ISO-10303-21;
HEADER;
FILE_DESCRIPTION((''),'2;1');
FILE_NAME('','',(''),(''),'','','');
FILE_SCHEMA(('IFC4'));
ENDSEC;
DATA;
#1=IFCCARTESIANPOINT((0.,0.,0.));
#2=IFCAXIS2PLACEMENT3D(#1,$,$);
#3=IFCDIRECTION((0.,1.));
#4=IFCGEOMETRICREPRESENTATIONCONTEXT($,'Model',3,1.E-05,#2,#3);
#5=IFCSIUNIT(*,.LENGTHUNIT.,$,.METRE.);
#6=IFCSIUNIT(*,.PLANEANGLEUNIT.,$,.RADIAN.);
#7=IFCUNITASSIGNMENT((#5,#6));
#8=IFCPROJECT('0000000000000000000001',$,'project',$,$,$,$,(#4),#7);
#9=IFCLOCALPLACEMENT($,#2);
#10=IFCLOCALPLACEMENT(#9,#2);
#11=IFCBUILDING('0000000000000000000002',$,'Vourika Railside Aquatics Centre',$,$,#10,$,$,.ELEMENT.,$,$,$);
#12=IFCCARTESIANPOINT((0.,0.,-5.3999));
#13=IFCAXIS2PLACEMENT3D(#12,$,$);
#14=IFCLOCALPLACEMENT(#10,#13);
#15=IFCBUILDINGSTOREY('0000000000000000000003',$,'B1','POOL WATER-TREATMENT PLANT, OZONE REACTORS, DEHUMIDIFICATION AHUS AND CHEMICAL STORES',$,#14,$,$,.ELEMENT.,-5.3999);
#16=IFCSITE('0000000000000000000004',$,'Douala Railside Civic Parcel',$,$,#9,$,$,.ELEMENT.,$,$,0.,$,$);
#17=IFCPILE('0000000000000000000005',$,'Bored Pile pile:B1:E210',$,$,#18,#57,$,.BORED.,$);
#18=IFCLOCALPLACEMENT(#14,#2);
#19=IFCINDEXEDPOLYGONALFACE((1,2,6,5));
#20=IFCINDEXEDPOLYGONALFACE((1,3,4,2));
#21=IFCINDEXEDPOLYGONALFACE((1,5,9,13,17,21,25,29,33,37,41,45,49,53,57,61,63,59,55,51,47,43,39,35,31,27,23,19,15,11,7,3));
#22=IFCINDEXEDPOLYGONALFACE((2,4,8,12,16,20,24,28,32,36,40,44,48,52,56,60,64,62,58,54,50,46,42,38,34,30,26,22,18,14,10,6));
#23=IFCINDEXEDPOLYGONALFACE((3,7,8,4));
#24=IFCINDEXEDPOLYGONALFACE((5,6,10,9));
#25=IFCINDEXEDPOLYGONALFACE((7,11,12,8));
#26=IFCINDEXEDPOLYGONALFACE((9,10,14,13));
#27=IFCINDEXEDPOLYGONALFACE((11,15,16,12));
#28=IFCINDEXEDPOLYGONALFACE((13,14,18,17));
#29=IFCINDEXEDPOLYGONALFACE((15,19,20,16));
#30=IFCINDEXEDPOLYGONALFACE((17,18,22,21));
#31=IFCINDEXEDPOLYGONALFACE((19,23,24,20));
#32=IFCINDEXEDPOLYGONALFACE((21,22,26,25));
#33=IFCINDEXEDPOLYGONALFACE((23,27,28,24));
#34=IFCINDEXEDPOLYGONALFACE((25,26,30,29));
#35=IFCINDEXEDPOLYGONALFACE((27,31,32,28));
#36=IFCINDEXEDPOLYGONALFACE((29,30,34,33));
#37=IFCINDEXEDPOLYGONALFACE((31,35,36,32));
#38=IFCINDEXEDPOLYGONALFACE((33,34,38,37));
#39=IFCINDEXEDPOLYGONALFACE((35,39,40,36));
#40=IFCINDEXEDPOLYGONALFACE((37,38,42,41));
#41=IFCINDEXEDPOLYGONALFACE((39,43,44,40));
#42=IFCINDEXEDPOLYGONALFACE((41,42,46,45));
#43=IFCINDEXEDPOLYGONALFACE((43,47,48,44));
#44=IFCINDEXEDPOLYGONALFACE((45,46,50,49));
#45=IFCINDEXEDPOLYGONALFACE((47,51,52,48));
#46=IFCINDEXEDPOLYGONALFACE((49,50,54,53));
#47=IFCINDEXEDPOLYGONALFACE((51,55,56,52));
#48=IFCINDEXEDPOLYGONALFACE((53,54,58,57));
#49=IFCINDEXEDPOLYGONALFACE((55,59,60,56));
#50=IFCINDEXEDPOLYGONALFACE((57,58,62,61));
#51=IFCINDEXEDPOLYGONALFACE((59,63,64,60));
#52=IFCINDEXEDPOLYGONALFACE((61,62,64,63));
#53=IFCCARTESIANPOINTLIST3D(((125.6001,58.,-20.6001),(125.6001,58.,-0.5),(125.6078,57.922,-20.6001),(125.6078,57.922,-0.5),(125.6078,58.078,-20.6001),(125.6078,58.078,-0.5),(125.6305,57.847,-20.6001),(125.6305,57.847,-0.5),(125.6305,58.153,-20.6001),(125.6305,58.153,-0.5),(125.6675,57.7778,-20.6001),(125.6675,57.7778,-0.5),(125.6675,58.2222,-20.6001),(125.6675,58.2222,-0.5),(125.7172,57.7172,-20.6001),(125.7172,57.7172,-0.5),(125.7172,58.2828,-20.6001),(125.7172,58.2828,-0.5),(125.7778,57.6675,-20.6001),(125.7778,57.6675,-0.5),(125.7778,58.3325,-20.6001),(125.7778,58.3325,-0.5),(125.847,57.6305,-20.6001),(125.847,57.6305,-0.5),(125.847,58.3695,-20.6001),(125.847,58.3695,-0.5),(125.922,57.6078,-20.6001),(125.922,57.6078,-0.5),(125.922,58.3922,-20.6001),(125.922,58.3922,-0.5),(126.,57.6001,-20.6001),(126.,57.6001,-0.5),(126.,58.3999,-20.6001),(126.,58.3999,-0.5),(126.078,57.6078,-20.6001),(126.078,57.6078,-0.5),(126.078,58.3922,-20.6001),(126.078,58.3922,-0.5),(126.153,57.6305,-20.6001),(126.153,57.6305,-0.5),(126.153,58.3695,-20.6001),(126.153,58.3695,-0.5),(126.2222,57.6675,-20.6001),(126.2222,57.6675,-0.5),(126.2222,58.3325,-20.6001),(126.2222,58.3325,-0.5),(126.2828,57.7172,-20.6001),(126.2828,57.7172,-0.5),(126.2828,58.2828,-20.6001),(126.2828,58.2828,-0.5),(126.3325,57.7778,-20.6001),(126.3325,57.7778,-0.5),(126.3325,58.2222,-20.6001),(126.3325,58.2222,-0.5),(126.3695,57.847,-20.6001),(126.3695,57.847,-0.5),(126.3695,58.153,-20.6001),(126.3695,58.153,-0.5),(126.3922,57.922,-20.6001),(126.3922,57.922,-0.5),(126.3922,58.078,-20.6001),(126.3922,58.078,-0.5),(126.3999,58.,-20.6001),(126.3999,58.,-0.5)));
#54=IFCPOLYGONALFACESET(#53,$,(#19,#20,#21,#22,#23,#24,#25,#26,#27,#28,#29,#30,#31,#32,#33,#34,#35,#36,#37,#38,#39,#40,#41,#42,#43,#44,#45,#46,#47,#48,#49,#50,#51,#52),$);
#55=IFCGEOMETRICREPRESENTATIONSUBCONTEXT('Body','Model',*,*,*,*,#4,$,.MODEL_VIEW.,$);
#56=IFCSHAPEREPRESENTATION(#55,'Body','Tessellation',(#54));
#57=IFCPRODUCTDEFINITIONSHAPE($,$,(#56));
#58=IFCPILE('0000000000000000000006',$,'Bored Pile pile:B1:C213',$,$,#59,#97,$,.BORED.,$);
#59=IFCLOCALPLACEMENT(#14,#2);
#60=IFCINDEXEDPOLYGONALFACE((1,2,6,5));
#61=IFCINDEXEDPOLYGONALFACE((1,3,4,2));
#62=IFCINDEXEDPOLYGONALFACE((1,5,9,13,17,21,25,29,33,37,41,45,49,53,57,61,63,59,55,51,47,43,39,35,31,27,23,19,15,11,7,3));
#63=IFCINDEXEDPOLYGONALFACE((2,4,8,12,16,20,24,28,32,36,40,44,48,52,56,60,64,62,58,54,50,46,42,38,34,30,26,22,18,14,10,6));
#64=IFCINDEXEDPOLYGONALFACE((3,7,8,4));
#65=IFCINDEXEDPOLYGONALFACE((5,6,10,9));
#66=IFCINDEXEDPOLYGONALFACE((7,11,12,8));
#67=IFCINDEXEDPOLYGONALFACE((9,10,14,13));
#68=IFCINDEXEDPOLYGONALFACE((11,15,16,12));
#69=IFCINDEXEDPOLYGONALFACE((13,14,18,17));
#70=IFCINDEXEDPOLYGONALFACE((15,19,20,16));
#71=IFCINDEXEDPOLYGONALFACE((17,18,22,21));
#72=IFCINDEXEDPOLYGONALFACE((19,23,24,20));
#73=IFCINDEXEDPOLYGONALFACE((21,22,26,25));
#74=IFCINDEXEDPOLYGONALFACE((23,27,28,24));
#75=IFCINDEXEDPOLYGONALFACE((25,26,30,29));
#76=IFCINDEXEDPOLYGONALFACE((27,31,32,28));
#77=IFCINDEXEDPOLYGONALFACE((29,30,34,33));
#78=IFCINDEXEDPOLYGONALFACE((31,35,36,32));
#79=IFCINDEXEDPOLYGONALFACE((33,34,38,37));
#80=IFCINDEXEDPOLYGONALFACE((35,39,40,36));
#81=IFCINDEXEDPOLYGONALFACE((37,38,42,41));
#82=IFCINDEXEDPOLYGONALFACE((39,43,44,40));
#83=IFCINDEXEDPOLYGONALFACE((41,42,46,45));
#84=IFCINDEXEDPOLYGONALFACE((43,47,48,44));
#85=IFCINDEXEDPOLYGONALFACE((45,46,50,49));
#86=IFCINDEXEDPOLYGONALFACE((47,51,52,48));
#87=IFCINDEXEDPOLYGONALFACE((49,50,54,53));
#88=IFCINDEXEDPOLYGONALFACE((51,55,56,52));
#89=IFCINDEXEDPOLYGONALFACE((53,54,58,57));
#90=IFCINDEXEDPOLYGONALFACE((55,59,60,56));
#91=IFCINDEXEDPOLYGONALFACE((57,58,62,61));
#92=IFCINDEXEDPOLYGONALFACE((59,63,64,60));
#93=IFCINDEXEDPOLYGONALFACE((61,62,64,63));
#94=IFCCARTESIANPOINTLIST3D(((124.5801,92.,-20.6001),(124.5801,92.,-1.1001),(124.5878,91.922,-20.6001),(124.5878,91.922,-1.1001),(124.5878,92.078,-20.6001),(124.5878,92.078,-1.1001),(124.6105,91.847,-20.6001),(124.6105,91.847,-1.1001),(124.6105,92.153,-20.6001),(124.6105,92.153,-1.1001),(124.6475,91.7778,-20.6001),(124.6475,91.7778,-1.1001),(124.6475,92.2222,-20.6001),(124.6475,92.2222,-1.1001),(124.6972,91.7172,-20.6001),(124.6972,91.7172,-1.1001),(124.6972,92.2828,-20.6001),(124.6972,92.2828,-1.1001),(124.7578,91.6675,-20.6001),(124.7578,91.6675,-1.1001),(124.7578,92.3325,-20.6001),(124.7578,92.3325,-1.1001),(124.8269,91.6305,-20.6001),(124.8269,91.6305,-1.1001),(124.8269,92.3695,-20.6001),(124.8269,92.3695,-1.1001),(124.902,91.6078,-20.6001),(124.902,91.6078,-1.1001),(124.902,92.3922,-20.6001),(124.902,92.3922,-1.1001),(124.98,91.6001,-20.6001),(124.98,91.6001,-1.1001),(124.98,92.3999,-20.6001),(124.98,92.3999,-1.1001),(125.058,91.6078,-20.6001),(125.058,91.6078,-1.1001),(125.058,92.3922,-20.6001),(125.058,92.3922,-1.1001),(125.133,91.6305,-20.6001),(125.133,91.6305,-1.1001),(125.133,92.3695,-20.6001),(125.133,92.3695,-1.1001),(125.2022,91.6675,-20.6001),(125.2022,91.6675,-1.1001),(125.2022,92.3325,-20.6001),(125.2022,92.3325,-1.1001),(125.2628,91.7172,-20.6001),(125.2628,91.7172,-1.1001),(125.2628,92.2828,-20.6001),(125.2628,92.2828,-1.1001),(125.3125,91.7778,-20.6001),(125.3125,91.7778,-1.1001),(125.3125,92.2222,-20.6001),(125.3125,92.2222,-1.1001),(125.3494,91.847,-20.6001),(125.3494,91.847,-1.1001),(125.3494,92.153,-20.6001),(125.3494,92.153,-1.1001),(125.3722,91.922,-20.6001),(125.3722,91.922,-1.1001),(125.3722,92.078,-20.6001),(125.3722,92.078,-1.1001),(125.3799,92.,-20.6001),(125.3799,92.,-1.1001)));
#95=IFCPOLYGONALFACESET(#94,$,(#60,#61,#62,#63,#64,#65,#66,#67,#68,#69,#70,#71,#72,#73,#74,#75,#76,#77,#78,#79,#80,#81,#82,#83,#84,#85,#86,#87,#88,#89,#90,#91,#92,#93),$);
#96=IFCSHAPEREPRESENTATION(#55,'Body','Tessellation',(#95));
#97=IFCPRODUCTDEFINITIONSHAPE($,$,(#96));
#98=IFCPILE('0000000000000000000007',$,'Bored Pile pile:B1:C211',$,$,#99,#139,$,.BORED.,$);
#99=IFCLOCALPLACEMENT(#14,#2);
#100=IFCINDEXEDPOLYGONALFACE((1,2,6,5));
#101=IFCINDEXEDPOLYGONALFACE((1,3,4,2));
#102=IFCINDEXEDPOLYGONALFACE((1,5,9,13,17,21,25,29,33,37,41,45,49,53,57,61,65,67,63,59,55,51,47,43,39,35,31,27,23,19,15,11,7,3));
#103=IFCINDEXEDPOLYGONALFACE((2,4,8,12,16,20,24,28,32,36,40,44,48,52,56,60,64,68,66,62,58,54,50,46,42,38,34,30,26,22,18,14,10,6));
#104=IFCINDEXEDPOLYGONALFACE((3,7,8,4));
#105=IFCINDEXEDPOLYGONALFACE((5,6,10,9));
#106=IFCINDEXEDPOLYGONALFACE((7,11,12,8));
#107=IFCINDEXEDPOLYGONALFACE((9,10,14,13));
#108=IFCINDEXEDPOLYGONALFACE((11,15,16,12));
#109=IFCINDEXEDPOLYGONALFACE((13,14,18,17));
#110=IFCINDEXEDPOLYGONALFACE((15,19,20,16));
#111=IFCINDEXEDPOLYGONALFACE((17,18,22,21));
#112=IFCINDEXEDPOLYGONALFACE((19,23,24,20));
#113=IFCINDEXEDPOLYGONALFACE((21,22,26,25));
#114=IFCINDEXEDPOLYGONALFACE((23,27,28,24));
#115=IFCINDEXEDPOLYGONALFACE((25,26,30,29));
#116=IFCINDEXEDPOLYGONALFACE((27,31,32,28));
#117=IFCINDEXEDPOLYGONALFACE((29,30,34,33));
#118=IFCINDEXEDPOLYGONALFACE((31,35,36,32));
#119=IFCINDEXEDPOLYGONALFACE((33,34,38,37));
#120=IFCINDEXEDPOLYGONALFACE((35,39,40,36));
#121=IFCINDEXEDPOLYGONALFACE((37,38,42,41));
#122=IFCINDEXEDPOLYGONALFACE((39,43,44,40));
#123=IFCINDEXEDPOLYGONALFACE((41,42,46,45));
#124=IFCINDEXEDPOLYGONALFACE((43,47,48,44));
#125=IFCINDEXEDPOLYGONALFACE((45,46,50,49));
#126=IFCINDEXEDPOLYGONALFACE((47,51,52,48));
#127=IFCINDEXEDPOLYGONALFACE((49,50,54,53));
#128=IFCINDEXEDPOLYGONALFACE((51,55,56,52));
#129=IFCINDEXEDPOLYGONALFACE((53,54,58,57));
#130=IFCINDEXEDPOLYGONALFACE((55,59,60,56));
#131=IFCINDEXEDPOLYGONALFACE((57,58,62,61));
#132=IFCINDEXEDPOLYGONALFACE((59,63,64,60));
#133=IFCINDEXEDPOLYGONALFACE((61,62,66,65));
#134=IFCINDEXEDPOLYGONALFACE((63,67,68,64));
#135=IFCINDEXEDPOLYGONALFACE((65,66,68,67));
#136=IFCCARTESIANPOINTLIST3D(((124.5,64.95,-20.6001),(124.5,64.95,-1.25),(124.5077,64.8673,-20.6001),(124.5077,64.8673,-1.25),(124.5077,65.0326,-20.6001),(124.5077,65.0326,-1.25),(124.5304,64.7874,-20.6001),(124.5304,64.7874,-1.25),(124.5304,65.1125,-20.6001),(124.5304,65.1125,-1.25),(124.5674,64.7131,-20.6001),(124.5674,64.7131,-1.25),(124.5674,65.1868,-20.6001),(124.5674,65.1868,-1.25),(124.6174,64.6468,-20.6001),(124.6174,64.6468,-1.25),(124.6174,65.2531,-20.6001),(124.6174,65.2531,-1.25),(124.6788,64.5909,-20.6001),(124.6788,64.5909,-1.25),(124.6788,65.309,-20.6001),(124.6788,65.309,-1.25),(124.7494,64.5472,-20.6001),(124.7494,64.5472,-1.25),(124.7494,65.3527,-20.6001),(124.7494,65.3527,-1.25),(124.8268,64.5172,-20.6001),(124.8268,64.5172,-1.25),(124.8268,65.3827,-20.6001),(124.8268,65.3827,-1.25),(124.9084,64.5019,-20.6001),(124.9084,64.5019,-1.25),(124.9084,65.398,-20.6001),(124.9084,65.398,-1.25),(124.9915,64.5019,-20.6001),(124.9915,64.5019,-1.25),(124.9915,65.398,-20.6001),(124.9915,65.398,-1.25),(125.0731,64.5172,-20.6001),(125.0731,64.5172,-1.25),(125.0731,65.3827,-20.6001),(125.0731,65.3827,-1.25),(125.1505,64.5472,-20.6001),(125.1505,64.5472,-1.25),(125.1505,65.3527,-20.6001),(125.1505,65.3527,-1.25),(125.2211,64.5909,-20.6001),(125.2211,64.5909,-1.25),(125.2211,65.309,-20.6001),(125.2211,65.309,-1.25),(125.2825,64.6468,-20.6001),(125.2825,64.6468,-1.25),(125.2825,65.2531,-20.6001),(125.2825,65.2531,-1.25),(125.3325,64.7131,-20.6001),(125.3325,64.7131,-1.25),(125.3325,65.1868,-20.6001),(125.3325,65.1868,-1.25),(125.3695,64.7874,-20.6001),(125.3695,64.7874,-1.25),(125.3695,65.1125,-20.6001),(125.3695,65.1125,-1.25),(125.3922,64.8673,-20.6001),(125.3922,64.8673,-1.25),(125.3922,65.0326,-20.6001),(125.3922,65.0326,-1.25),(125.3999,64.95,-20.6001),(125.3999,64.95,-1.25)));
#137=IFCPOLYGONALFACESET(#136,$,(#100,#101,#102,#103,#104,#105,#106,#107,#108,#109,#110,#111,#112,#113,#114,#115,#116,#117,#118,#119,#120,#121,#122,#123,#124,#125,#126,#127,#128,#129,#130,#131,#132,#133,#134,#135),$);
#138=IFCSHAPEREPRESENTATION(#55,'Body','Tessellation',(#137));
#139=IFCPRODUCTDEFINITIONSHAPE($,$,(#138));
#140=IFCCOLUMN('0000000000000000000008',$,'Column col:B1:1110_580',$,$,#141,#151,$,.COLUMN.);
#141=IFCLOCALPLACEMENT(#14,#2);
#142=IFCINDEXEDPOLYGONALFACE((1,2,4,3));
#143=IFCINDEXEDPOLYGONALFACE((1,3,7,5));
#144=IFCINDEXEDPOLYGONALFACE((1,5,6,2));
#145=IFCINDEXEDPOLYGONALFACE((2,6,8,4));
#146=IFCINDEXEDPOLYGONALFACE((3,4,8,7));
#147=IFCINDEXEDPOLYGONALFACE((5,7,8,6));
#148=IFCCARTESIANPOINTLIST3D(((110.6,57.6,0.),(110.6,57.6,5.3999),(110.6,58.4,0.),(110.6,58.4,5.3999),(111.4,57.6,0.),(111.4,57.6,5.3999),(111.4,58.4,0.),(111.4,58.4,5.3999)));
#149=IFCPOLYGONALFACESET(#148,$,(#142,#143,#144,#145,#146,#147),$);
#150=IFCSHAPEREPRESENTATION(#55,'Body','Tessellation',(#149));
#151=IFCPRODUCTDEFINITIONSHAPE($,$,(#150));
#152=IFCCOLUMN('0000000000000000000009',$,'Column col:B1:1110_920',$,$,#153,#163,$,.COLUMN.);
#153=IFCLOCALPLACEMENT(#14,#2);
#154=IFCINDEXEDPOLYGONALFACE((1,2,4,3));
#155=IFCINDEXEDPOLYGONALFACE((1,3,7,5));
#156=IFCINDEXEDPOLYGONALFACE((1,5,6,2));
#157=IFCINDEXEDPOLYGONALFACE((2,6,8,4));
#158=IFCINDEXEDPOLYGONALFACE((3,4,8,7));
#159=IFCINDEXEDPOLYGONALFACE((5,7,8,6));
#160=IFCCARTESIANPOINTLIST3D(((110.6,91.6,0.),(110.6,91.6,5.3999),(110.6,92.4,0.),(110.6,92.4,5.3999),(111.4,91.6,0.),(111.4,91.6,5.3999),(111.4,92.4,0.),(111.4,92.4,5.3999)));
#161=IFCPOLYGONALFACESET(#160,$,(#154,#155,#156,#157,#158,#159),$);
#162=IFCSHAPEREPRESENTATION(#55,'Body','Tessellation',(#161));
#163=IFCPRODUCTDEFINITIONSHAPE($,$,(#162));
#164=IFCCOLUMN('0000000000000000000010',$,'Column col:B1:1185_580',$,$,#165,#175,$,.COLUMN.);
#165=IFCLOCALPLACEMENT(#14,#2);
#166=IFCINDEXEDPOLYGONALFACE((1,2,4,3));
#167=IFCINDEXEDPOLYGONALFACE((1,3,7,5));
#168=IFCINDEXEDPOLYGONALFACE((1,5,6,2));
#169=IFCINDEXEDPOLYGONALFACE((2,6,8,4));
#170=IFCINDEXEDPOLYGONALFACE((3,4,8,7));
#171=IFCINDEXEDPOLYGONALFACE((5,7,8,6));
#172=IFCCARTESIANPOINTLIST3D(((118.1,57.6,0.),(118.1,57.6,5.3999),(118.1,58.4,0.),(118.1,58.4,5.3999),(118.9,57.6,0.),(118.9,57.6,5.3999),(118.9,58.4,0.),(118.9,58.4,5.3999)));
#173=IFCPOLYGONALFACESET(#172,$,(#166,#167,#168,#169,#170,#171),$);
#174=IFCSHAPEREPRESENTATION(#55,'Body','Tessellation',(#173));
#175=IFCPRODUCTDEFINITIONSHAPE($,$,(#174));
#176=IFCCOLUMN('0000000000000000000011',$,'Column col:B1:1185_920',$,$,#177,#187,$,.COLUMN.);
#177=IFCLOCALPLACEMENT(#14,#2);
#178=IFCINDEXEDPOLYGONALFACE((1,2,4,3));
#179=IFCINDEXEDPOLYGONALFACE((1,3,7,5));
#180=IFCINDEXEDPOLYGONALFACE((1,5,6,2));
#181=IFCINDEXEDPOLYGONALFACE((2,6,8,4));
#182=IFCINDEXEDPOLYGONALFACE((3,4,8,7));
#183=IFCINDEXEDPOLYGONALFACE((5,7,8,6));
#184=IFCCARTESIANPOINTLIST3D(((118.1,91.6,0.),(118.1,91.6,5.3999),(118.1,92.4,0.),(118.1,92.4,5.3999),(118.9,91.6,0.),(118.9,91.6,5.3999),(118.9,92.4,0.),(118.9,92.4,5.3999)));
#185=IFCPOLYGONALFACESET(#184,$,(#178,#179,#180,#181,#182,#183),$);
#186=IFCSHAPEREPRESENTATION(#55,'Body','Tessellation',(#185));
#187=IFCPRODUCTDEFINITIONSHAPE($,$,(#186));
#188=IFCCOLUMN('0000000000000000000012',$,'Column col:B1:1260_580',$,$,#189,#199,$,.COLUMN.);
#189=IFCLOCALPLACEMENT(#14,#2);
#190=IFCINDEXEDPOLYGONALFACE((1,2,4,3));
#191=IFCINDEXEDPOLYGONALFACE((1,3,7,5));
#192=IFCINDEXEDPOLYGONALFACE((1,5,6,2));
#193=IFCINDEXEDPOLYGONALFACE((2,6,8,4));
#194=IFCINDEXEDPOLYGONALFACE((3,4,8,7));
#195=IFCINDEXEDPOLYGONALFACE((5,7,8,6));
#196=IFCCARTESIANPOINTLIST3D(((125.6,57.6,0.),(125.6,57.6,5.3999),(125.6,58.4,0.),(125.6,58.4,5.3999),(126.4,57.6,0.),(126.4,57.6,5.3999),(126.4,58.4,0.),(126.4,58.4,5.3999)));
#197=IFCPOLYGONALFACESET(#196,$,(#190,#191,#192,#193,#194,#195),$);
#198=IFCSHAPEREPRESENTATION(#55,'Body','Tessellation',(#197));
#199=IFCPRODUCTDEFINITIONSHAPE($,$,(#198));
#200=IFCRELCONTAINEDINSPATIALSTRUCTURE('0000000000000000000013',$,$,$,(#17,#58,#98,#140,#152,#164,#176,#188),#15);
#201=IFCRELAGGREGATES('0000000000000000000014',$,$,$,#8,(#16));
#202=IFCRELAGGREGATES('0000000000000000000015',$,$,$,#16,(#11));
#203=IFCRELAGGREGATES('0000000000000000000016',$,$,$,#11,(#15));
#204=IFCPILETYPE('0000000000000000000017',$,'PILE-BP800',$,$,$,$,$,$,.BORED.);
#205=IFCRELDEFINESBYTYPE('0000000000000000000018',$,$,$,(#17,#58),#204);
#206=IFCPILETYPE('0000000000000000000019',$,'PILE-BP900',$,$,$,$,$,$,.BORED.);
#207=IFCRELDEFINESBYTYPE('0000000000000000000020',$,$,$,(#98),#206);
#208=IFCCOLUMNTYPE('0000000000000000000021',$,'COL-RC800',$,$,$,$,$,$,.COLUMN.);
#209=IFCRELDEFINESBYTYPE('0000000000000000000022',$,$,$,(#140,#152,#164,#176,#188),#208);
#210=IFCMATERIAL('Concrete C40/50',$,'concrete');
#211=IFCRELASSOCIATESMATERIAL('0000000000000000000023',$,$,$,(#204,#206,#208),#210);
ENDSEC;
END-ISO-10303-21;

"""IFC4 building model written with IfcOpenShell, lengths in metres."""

from ifc_helpers import new_model, si_unit, direction, frame, origin, origin_2d, place, context, subcontext, project, spatial, rectangle, circle, extrude, material, material_profile, profile_set, type_object, element, save


model = new_model("IFC4")

# Units and contexts
model_context = context("Model", 3, precision=1e-05, world=origin(), true_north=direction((0.0, 1.0)))
body_context = subcontext(model_context, "Body", "Model", "MODEL_VIEW")
ifc_project = project(units=[si_unit("LENGTHUNIT", "METRE"), si_unit("PLANEANGLEUNIT", "RADIAN")], contexts=[model_context])

# Site, building, storey
site_placement = place(None, origin())
site = spatial("IfcSite", under=ifc_project, at=site_placement, Name="Douala Railside Civic Parcel", CompositionType="ELEMENT", RefElevation=0.0)
building_placement = place(site_placement, origin())
building = spatial("IfcBuilding", under=site, at=building_placement, Name="Vourika Railside Aquatics Centre", CompositionType="ELEMENT")
storey_placement = place(building_placement, frame((0.0, 0.0, -5.3999)))
storey = spatial("IfcBuildingStorey", under=building, at=storey_placement, Name="B1", Description="POOL WATER-TREATMENT PLANT, OZONE REACTORS, DEHUMIDIFICATION AHUS AND CHEMICAL STORES", CompositionType="ELEMENT", Elevation=-5.3999)

# Shared definitions
ifc_material = material(Name="Concrete C40/50", Category="concrete")

# Piles
ifc_material_profile_1 = material_profile(ifc_material, circle(Radius=0.3999, at=origin_2d()), Name="BP 800")
ifc_profile_set_1 = profile_set([ifc_material_profile_1], Name="Concrete C40/50")
pile_type_1 = type_object("IfcPileType", Name="PILE-BP800", PredefinedType="BORED", material=ifc_profile_set_1)
pile_1_placement = place(storey_placement, frame((126.0, 58.0, -0.5), z_axis=(0.0, 0.0, -1.0), x_axis=(1.0, 0.0, 0.0)))
element("IfcPile", 1, at=pile_1_placement, inside=storey, type_object=pile_type_1, Name="Bored Pile pile:B1:E210", PredefinedType="BORED", context=body_context, shape_type="SweptSolid", body=[
    extrude(circle(Radius=0.3999, at=origin_2d()), origin(), (0.0, 0.0, 1.0), 20.1001),
])
pile_2_placement = place(storey_placement, frame((124.98, 92.0, -1.1001), z_axis=(0.0, 0.0, -1.0), x_axis=(1.0, 0.0, 0.0)))
element("IfcPile", 2, at=pile_2_placement, inside=storey, type_object=pile_type_1, Name="Bored Pile pile:B1:C213", PredefinedType="BORED", context=body_context, shape_type="SweptSolid", body=[
    extrude(circle(Radius=0.3999, at=origin_2d()), origin(), (0.0, 0.0, 1.0), 19.5),
])
ifc_material_profile_2 = material_profile(ifc_material, circle(Radius=0.45, at=origin_2d()), Name="BP 900")
ifc_profile_set_2 = profile_set([ifc_material_profile_2], Name="Concrete C40/50")
pile_type_2 = type_object("IfcPileType", Name="PILE-BP900", PredefinedType="BORED", material=ifc_profile_set_2)
pile_3_placement = place(storey_placement, frame((124.95, 64.95, -1.25), z_axis=(0.0, 0.0, -1.0), x_axis=(1.0, 0.0, 0.0)))
element("IfcPile", 3, at=pile_3_placement, inside=storey, type_object=pile_type_2, Name="Bored Pile pile:B1:C211", PredefinedType="BORED", context=body_context, shape_type="SweptSolid", body=[
    extrude(circle(Radius=0.45, at=origin_2d()), origin(), (0.0, 0.0, 1.0), 19.3501),
])

# Columns
ifc_material_profile_3 = material_profile(ifc_material, rectangle(XDim=0.8, YDim=0.8, at=origin_2d()), Name="RC 800x800")
ifc_profile_set_3 = profile_set([ifc_material_profile_3], Name="Concrete C40/50")
column_type_1 = type_object("IfcColumnType", Name="COL-RC800", PredefinedType="COLUMN", material=ifc_profile_set_3)
for number, where, z_axis, x_axis, name in (
    (4, (111.0, 58.0, 0.0), (0.0, 0.0, 1.0), (1.0, 0.0, 0.0), "Column col:B1:1110_580"),
    (5, (111.0, 92.0, 0.0), (0.0, 0.0, 1.0), (1.0, 0.0, 0.0), "Column col:B1:1110_920"),
    (6, (118.5, 58.0, 0.0), (0.0, 0.0, 1.0), (1.0, 0.0, 0.0), "Column col:B1:1185_580"),
    (7, (118.5, 92.0, 0.0), (0.0, 0.0, 1.0), (1.0, 0.0, 0.0), "Column col:B1:1185_920"),
    (8, (126.0, 58.0, 0.0), (0.0, 0.0, 1.0), (1.0, 0.0, 0.0), "Column col:B1:1260_580"),
):
    element("IfcColumn", number, at=place(storey_placement, frame(where, z_axis=z_axis, x_axis=x_axis)), inside=storey, type_object=column_type_1, Name=name, PredefinedType="COLUMN", context=body_context, shape_type="SweptSolid", body=[
        extrude(rectangle(XDim=0.8, YDim=0.8, at=origin_2d()), origin(), (0.0, 0.0, 1.0), 5.3999),
    ])

save(model, "model.ifc")
